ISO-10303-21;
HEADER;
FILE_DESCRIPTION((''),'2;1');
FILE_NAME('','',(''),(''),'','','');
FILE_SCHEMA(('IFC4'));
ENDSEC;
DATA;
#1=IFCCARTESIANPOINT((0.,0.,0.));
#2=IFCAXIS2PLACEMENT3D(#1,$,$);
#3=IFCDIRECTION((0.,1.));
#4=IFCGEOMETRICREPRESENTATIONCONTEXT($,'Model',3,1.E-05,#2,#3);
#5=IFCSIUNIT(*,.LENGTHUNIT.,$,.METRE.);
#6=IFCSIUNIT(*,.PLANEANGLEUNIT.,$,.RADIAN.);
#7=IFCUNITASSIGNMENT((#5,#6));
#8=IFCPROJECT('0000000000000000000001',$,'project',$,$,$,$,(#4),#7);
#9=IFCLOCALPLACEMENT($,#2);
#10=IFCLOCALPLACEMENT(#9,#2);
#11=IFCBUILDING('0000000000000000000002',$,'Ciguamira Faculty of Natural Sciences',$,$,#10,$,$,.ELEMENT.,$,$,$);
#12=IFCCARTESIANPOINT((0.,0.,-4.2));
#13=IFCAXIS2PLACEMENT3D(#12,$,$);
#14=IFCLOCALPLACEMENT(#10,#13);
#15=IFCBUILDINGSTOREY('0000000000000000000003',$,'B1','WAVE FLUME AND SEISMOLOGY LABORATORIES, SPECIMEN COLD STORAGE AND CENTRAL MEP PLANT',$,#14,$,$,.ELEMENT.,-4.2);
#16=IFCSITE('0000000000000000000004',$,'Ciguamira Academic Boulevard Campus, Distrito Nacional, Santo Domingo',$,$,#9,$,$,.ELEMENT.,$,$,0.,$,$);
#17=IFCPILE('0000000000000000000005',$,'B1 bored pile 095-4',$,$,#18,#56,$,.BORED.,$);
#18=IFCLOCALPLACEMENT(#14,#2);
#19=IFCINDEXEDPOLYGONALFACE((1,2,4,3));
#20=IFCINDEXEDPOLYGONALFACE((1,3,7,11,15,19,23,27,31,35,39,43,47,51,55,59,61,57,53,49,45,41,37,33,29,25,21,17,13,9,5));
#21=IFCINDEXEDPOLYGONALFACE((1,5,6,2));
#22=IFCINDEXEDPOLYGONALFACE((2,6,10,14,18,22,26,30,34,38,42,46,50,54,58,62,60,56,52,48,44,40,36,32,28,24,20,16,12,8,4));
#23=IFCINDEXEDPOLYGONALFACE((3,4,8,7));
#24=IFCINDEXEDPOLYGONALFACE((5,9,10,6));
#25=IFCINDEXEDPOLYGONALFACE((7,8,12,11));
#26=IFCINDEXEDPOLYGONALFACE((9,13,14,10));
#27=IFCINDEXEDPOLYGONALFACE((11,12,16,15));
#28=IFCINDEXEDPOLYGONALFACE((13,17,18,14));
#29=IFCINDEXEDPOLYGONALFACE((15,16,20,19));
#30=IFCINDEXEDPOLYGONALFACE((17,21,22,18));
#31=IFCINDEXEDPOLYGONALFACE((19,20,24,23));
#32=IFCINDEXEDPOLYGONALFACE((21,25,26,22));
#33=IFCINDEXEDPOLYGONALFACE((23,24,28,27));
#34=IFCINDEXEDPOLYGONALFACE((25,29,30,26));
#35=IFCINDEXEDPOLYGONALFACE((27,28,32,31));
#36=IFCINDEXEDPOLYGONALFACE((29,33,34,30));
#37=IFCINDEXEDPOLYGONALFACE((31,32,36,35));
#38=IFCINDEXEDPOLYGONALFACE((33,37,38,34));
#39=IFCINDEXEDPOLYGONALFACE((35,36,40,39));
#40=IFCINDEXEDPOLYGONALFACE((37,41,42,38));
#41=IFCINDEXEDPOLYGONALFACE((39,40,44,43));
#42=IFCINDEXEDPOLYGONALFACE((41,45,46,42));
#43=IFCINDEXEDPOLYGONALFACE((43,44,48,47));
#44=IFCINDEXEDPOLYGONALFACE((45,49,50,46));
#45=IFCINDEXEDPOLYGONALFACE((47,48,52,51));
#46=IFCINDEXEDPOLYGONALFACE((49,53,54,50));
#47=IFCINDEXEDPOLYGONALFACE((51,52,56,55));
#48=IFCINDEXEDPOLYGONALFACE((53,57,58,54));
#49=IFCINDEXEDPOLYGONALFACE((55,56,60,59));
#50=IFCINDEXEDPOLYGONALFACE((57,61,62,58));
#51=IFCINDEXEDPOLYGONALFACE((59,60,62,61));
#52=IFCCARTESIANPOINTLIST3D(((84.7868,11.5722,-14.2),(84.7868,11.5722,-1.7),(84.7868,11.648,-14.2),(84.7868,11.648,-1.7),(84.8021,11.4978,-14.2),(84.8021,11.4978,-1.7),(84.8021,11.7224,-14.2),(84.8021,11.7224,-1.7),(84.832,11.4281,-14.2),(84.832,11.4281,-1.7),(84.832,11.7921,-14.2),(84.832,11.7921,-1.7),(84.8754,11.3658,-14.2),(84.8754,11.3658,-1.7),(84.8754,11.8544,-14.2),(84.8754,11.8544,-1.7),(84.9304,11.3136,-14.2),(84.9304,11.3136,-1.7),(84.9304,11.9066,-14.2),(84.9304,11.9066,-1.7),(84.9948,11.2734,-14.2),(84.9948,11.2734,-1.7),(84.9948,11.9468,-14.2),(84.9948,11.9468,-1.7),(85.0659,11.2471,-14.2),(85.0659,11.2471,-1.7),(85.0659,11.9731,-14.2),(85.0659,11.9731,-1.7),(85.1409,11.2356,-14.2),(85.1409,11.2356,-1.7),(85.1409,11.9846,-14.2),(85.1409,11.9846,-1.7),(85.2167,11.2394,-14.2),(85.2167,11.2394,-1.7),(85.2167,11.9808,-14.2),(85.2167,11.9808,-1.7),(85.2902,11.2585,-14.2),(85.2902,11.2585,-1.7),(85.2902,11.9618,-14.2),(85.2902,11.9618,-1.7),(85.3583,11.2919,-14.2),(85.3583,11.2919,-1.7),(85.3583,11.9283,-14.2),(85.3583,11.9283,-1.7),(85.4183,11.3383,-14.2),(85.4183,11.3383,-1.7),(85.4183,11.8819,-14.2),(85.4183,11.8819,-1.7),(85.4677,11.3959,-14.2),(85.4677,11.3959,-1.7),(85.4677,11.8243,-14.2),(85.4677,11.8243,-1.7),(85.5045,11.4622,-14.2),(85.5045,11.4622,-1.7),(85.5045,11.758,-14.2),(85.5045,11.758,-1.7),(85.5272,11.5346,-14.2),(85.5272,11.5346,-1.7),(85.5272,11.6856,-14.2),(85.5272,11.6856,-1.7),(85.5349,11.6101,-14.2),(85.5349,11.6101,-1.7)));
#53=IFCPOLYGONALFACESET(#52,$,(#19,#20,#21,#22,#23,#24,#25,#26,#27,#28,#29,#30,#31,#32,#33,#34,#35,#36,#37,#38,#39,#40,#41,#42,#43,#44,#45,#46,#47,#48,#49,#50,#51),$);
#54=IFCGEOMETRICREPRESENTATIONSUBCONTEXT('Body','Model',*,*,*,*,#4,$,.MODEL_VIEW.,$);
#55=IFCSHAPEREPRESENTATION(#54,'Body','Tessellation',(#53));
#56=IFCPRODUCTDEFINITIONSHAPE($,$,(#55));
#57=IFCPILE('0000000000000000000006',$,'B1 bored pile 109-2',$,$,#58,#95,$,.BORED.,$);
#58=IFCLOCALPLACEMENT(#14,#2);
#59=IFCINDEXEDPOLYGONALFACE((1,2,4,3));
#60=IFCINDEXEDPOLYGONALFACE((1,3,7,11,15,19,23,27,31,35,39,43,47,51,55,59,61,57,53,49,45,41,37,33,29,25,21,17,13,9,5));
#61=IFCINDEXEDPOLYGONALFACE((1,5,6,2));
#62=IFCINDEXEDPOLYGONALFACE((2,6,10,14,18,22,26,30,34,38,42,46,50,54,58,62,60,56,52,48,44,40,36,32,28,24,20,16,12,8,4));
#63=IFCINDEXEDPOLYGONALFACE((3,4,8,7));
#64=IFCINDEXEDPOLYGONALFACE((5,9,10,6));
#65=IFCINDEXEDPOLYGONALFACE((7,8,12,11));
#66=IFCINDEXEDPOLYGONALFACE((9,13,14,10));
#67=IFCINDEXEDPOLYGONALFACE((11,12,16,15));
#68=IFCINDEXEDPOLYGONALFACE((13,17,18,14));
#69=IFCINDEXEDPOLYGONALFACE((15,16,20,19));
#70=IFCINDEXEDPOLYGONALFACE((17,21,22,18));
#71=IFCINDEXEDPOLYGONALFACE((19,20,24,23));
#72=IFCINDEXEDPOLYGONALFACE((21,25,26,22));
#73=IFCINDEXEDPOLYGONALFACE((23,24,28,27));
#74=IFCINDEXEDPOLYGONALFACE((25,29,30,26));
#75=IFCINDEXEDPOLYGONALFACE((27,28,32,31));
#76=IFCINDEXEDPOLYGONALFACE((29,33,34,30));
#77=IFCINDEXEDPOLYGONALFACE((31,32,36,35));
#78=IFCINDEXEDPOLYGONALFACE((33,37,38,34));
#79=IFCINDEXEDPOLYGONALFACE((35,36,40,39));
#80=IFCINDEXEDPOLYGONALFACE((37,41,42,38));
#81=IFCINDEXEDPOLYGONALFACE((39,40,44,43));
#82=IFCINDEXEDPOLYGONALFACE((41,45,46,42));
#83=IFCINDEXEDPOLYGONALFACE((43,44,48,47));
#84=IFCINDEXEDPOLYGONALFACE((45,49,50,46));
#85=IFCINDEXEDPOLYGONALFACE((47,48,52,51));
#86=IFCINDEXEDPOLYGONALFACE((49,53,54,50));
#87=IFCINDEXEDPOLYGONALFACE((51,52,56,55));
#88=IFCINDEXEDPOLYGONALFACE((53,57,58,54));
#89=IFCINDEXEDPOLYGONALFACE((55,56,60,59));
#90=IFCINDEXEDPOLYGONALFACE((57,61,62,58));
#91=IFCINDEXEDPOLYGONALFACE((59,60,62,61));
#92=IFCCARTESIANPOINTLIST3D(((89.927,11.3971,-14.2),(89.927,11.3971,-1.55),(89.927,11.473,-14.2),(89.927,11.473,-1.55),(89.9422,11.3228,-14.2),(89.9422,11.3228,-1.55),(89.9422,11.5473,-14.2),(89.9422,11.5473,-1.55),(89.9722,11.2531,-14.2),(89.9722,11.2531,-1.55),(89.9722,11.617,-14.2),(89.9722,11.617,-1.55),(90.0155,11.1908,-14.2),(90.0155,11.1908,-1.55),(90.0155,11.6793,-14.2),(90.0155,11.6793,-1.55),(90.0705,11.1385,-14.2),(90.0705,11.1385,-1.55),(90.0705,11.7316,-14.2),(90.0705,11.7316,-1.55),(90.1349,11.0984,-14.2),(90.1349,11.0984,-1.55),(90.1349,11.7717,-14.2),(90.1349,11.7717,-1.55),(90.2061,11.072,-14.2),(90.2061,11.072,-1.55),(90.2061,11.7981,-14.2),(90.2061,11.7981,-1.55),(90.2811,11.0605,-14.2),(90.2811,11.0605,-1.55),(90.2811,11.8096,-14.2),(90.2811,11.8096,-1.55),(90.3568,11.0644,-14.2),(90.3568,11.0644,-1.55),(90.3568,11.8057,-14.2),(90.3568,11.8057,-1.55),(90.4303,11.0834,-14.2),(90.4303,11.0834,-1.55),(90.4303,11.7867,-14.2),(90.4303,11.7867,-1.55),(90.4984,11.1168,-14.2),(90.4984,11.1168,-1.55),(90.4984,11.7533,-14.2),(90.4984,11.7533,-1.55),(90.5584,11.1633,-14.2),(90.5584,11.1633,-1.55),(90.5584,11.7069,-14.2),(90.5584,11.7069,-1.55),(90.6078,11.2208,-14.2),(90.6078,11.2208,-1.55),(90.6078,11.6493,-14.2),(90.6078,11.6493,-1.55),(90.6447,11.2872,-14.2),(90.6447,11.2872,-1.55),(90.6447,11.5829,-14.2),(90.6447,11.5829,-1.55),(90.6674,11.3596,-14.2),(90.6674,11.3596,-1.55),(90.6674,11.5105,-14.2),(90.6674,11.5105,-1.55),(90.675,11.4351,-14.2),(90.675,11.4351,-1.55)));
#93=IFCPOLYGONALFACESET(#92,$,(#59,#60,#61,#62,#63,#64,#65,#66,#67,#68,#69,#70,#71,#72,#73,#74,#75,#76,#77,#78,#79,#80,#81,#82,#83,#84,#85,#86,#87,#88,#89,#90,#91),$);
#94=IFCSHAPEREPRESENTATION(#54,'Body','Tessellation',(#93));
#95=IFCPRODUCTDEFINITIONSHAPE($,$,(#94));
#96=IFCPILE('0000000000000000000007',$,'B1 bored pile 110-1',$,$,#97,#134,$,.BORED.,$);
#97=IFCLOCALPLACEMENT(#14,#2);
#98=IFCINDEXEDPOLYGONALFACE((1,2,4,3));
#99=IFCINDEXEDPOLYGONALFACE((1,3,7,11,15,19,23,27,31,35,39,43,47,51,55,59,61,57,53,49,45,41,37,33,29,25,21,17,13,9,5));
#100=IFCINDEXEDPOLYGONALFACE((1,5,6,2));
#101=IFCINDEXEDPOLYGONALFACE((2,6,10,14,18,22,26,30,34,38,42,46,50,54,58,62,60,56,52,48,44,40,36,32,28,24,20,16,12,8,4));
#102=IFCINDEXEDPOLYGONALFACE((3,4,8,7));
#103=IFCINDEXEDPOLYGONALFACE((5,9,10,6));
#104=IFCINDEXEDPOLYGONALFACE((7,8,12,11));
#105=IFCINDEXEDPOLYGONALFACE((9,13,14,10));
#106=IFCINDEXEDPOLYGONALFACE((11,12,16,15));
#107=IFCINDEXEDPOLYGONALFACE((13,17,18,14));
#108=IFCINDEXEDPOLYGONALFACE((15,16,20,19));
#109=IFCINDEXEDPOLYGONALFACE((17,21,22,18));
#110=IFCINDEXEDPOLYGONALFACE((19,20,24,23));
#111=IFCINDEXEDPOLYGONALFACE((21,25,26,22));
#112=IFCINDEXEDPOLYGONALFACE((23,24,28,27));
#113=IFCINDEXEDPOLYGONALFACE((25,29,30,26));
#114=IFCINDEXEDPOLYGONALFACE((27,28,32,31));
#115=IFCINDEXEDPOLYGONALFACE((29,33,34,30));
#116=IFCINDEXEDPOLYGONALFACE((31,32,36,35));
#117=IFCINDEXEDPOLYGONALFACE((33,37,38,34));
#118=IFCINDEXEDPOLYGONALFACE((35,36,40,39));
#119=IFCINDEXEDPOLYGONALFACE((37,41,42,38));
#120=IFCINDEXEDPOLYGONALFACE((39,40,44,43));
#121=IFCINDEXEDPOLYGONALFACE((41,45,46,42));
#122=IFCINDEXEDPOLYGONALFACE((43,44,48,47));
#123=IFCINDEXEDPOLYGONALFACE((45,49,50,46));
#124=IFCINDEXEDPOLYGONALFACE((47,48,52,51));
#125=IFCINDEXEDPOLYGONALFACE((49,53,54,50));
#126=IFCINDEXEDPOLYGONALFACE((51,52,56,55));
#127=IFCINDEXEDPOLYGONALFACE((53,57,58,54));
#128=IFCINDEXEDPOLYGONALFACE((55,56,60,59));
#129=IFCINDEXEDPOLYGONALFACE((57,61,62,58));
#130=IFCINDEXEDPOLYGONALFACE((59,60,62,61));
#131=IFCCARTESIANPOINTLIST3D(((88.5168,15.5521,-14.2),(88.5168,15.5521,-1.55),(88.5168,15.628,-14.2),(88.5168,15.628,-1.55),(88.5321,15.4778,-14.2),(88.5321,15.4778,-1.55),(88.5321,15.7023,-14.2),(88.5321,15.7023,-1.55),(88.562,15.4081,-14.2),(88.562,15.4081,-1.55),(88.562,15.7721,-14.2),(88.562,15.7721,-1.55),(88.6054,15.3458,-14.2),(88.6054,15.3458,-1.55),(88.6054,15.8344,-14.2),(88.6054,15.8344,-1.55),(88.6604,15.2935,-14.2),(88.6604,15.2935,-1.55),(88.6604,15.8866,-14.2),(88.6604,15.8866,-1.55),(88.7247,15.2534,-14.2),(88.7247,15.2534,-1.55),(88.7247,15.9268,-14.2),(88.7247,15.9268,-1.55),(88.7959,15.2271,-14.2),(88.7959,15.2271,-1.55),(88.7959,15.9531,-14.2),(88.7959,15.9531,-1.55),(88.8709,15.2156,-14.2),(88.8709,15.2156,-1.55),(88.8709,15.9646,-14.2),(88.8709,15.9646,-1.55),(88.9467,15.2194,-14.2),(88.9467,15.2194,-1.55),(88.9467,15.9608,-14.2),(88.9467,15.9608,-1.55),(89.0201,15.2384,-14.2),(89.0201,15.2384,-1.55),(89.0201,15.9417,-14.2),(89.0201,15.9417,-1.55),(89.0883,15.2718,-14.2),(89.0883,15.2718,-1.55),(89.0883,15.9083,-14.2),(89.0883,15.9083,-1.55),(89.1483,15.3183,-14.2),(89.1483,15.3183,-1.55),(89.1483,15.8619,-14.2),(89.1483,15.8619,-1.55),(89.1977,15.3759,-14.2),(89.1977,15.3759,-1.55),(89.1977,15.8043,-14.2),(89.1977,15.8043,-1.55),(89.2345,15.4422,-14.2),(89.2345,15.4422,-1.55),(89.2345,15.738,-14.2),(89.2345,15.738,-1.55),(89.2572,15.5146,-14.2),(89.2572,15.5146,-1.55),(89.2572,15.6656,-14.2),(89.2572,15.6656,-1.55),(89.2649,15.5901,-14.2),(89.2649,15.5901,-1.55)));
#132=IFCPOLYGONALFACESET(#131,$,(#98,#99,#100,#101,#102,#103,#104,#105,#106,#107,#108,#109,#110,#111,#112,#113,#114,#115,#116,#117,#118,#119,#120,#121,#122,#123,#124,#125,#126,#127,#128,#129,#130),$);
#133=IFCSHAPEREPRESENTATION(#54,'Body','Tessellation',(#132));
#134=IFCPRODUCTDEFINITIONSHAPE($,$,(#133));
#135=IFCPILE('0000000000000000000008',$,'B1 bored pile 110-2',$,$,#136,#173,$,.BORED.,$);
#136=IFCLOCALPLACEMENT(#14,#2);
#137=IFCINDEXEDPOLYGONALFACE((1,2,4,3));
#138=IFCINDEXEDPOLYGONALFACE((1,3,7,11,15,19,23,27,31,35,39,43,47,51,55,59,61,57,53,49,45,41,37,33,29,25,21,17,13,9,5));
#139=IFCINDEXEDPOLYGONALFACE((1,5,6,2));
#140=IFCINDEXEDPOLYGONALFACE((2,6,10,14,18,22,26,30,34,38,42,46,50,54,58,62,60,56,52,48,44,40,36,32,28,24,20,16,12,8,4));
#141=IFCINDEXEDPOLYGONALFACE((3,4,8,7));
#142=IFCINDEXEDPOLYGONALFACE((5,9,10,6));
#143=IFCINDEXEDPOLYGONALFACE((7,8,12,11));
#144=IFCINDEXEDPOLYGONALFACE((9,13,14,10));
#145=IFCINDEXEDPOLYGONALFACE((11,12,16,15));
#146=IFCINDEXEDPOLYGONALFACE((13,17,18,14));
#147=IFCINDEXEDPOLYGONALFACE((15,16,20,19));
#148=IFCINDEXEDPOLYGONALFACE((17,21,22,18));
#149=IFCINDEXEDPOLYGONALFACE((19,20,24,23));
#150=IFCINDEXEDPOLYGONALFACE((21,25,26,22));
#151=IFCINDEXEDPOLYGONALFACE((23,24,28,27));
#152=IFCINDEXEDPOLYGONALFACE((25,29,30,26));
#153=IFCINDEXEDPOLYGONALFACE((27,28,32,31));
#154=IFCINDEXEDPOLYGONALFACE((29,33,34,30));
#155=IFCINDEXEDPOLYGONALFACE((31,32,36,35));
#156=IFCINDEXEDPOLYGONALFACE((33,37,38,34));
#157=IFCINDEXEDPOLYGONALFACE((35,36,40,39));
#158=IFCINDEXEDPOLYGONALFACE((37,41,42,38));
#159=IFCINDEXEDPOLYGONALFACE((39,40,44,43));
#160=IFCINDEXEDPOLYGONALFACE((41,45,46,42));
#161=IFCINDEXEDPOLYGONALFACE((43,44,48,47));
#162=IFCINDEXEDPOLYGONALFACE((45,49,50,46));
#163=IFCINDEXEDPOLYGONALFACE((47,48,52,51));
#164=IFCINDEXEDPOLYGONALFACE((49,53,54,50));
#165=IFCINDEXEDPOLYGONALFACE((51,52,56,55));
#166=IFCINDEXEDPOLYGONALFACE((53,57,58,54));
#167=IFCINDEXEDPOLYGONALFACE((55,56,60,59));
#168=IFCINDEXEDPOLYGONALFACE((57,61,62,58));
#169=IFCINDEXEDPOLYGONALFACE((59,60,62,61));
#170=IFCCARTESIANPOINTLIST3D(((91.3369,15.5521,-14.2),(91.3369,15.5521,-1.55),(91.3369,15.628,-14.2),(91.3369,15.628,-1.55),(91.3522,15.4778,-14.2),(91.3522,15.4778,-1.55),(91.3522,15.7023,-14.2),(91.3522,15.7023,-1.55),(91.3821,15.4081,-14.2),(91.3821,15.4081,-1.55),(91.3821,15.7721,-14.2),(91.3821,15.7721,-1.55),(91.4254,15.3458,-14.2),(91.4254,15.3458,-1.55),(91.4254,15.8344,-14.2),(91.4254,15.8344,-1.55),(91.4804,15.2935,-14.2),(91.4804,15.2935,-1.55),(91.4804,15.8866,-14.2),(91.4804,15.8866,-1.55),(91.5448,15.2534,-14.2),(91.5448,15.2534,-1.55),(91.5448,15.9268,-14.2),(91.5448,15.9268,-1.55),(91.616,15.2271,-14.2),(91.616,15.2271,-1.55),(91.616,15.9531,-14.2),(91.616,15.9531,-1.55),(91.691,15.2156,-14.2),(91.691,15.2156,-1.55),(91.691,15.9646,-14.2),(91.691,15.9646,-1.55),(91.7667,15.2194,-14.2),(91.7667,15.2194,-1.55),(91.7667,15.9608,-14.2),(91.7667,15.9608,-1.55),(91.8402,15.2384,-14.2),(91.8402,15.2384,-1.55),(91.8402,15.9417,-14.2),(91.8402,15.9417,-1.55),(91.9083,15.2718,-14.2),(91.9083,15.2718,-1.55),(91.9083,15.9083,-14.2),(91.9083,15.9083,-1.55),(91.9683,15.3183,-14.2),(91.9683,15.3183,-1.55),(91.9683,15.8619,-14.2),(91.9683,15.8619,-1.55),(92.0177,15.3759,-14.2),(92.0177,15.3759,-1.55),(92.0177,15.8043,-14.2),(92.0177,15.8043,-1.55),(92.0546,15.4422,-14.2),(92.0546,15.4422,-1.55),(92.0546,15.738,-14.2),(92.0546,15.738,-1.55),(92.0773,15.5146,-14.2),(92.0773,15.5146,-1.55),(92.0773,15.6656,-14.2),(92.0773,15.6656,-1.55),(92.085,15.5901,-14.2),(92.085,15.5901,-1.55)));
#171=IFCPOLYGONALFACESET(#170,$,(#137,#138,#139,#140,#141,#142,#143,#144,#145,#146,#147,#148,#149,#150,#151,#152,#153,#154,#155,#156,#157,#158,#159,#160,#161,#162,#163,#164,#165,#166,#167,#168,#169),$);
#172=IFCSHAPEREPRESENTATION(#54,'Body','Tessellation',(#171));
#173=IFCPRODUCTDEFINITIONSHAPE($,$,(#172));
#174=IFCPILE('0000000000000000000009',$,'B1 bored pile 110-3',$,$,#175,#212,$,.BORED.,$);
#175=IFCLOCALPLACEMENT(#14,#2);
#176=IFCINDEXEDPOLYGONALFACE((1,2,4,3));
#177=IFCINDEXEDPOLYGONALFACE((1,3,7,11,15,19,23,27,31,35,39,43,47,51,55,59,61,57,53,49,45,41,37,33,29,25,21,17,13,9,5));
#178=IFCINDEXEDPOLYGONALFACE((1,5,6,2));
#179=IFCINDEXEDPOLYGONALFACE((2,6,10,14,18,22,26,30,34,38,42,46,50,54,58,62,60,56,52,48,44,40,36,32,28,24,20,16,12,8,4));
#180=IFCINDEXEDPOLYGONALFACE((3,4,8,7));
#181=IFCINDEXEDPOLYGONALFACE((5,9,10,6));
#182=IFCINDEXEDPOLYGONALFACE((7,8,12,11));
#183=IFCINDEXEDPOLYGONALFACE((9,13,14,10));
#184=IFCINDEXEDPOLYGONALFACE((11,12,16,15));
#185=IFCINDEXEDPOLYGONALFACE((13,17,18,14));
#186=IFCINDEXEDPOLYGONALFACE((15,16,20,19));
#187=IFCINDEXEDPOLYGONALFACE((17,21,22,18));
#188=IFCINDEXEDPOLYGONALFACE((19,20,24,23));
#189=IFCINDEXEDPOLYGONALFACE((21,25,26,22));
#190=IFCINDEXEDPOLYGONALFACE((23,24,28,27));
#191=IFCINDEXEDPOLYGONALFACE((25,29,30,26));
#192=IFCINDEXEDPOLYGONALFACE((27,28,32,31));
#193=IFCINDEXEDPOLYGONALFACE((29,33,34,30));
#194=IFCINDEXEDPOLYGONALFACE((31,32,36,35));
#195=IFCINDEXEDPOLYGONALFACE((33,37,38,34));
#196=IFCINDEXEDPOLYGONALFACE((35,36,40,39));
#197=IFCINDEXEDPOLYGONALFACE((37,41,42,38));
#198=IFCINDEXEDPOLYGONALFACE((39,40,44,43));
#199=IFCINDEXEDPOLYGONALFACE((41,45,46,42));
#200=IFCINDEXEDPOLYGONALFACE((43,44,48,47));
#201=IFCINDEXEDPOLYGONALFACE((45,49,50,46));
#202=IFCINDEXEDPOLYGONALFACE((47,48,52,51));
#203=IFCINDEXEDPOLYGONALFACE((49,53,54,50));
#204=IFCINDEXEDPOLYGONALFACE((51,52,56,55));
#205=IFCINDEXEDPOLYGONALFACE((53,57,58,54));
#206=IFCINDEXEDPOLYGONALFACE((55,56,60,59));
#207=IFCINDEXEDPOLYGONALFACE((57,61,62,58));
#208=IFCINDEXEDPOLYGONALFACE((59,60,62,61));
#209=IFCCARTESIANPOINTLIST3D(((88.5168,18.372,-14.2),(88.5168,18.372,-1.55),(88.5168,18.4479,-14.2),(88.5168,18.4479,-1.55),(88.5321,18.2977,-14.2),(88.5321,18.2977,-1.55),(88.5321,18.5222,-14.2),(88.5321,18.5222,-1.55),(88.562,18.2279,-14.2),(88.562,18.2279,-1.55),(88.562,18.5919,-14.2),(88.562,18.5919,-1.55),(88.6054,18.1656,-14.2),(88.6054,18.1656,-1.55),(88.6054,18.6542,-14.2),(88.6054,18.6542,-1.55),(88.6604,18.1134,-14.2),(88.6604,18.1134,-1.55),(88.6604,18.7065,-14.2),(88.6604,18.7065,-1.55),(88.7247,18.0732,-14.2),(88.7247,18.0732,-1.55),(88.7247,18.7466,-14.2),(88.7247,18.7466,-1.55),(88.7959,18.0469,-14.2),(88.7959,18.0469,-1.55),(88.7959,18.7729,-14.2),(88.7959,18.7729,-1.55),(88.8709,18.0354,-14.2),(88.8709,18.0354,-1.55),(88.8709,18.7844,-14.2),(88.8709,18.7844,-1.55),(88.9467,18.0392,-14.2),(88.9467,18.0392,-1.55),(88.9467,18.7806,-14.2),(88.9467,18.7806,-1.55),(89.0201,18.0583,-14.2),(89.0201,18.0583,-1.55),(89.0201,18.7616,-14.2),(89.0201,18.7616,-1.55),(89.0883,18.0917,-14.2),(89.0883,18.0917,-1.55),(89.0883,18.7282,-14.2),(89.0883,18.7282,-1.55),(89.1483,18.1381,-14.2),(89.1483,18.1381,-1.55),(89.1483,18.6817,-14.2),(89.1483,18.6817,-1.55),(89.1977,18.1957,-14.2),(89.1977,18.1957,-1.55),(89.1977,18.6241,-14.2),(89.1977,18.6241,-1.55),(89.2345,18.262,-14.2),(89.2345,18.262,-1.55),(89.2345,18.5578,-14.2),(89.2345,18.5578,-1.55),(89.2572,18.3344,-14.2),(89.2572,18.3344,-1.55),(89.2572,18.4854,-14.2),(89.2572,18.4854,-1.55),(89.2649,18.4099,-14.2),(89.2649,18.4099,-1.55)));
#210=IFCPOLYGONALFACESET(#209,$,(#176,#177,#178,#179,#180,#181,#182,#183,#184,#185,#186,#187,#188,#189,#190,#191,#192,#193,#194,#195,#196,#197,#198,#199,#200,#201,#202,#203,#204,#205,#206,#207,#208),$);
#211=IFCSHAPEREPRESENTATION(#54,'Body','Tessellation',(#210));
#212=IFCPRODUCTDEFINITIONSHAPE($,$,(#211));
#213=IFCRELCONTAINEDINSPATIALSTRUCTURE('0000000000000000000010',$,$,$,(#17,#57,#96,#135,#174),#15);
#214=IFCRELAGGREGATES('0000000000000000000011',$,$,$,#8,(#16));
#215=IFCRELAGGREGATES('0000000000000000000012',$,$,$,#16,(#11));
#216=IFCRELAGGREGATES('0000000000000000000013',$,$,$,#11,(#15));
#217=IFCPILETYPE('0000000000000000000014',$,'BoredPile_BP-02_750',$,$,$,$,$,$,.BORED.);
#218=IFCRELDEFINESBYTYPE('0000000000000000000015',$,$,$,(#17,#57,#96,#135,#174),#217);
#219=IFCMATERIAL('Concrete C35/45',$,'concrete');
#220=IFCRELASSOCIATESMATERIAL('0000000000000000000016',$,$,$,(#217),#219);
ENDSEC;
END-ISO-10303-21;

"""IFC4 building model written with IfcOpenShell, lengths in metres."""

from ifc_helpers import new_model, si_unit, direction, frame, origin, origin_2d, place, context, subcontext, project, spatial, circle, extrude, material, material_profile, profile_set, type_object, element, save


model = new_model("IFC4")

# Units and contexts
model_context = context("Model", 3, precision=1e-05, world=origin(), true_north=direction((0.0, 1.0)))
body_context = subcontext(model_context, "Body", "Model", "MODEL_VIEW")
ifc_project = project(units=[si_unit("LENGTHUNIT", "METRE"), si_unit("PLANEANGLEUNIT", "RADIAN")], contexts=[model_context])

# Site, building, storey
site_placement = place(None, origin())
site = spatial("IfcSite", under=ifc_project, at=site_placement, Name="Ciguamira Academic Boulevard Campus, Distrito Nacional, Santo Domingo", CompositionType="ELEMENT", RefElevation=0.0)
building_placement = place(site_placement, origin())
building = spatial("IfcBuilding", under=site, at=building_placement, Name="Ciguamira Faculty of Natural Sciences", CompositionType="ELEMENT")
storey_placement = place(building_placement, frame((0.0, 0.0, -4.2)))
storey = spatial("IfcBuildingStorey", under=building, at=storey_placement, Name="B1", Description="WAVE FLUME AND SEISMOLOGY LABORATORIES, SPECIMEN COLD STORAGE AND CENTRAL MEP PLANT", CompositionType="ELEMENT", Elevation=-4.2)

# Piles
ifc_material_1 = material(Name="Concrete C35/45", Category="concrete")
ifc_material_profile_1 = material_profile(ifc_material_1, circle(Radius=0.375, at=origin_2d()), Name="PILE-BORED-750")
ifc_profile_set_1 = profile_set([ifc_material_profile_1], Name="Concrete C35/45")
pile_type = type_object("IfcPileType", Name="BoredPile_BP-02_750", PredefinedType="BORED", material=ifc_profile_set_1)
pile_1_placement = place(storey_placement, frame((85.1599, 11.6101, -1.7), z_axis=(0.0, 0.0, -1.0), x_axis=(1.0, 0.0, 0.0)))
element("IfcPile", 1, at=pile_1_placement, inside=storey, type_object=pile_type, Name="B1 bored pile 095-4", PredefinedType="BORED", context=body_context, shape_type="SweptSolid", body=[
    extrude(circle(Radius=0.375, at=origin_2d()), origin(), (0.0, 0.0, 1.0), 12.5),
])
for number, where, z_axis, x_axis, name in (
    (2, (90.3, 11.4351, -1.55), (0.0, 0.0, -1.0), (1.0, 0.0, 0.0), "B1 bored pile 109-2"),
    (3, (88.8899, 15.5901, -1.55), (0.0, 0.0, -1.0), (1.0, 0.0, 0.0), "B1 bored pile 110-1"),
    (4, (91.71, 15.5901, -1.55), (0.0, 0.0, -1.0), (1.0, 0.0, 0.0), "B1 bored pile 110-2"),
    (5, (88.8899, 18.4099, -1.55), (0.0, 0.0, -1.0), (1.0, 0.0, 0.0), "B1 bored pile 110-3"),
):
    element("IfcPile", number, at=place(storey_placement, frame(where, z_axis=z_axis, x_axis=x_axis)), inside=storey, type_object=pile_type, Name=name, PredefinedType="BORED", context=body_context, shape_type="SweptSolid", body=[
        extrude(circle(Radius=0.375, at=origin_2d()), origin(), (0.0, 0.0, 1.0), 12.6499),
    ])

save(model, "model.ifc")
